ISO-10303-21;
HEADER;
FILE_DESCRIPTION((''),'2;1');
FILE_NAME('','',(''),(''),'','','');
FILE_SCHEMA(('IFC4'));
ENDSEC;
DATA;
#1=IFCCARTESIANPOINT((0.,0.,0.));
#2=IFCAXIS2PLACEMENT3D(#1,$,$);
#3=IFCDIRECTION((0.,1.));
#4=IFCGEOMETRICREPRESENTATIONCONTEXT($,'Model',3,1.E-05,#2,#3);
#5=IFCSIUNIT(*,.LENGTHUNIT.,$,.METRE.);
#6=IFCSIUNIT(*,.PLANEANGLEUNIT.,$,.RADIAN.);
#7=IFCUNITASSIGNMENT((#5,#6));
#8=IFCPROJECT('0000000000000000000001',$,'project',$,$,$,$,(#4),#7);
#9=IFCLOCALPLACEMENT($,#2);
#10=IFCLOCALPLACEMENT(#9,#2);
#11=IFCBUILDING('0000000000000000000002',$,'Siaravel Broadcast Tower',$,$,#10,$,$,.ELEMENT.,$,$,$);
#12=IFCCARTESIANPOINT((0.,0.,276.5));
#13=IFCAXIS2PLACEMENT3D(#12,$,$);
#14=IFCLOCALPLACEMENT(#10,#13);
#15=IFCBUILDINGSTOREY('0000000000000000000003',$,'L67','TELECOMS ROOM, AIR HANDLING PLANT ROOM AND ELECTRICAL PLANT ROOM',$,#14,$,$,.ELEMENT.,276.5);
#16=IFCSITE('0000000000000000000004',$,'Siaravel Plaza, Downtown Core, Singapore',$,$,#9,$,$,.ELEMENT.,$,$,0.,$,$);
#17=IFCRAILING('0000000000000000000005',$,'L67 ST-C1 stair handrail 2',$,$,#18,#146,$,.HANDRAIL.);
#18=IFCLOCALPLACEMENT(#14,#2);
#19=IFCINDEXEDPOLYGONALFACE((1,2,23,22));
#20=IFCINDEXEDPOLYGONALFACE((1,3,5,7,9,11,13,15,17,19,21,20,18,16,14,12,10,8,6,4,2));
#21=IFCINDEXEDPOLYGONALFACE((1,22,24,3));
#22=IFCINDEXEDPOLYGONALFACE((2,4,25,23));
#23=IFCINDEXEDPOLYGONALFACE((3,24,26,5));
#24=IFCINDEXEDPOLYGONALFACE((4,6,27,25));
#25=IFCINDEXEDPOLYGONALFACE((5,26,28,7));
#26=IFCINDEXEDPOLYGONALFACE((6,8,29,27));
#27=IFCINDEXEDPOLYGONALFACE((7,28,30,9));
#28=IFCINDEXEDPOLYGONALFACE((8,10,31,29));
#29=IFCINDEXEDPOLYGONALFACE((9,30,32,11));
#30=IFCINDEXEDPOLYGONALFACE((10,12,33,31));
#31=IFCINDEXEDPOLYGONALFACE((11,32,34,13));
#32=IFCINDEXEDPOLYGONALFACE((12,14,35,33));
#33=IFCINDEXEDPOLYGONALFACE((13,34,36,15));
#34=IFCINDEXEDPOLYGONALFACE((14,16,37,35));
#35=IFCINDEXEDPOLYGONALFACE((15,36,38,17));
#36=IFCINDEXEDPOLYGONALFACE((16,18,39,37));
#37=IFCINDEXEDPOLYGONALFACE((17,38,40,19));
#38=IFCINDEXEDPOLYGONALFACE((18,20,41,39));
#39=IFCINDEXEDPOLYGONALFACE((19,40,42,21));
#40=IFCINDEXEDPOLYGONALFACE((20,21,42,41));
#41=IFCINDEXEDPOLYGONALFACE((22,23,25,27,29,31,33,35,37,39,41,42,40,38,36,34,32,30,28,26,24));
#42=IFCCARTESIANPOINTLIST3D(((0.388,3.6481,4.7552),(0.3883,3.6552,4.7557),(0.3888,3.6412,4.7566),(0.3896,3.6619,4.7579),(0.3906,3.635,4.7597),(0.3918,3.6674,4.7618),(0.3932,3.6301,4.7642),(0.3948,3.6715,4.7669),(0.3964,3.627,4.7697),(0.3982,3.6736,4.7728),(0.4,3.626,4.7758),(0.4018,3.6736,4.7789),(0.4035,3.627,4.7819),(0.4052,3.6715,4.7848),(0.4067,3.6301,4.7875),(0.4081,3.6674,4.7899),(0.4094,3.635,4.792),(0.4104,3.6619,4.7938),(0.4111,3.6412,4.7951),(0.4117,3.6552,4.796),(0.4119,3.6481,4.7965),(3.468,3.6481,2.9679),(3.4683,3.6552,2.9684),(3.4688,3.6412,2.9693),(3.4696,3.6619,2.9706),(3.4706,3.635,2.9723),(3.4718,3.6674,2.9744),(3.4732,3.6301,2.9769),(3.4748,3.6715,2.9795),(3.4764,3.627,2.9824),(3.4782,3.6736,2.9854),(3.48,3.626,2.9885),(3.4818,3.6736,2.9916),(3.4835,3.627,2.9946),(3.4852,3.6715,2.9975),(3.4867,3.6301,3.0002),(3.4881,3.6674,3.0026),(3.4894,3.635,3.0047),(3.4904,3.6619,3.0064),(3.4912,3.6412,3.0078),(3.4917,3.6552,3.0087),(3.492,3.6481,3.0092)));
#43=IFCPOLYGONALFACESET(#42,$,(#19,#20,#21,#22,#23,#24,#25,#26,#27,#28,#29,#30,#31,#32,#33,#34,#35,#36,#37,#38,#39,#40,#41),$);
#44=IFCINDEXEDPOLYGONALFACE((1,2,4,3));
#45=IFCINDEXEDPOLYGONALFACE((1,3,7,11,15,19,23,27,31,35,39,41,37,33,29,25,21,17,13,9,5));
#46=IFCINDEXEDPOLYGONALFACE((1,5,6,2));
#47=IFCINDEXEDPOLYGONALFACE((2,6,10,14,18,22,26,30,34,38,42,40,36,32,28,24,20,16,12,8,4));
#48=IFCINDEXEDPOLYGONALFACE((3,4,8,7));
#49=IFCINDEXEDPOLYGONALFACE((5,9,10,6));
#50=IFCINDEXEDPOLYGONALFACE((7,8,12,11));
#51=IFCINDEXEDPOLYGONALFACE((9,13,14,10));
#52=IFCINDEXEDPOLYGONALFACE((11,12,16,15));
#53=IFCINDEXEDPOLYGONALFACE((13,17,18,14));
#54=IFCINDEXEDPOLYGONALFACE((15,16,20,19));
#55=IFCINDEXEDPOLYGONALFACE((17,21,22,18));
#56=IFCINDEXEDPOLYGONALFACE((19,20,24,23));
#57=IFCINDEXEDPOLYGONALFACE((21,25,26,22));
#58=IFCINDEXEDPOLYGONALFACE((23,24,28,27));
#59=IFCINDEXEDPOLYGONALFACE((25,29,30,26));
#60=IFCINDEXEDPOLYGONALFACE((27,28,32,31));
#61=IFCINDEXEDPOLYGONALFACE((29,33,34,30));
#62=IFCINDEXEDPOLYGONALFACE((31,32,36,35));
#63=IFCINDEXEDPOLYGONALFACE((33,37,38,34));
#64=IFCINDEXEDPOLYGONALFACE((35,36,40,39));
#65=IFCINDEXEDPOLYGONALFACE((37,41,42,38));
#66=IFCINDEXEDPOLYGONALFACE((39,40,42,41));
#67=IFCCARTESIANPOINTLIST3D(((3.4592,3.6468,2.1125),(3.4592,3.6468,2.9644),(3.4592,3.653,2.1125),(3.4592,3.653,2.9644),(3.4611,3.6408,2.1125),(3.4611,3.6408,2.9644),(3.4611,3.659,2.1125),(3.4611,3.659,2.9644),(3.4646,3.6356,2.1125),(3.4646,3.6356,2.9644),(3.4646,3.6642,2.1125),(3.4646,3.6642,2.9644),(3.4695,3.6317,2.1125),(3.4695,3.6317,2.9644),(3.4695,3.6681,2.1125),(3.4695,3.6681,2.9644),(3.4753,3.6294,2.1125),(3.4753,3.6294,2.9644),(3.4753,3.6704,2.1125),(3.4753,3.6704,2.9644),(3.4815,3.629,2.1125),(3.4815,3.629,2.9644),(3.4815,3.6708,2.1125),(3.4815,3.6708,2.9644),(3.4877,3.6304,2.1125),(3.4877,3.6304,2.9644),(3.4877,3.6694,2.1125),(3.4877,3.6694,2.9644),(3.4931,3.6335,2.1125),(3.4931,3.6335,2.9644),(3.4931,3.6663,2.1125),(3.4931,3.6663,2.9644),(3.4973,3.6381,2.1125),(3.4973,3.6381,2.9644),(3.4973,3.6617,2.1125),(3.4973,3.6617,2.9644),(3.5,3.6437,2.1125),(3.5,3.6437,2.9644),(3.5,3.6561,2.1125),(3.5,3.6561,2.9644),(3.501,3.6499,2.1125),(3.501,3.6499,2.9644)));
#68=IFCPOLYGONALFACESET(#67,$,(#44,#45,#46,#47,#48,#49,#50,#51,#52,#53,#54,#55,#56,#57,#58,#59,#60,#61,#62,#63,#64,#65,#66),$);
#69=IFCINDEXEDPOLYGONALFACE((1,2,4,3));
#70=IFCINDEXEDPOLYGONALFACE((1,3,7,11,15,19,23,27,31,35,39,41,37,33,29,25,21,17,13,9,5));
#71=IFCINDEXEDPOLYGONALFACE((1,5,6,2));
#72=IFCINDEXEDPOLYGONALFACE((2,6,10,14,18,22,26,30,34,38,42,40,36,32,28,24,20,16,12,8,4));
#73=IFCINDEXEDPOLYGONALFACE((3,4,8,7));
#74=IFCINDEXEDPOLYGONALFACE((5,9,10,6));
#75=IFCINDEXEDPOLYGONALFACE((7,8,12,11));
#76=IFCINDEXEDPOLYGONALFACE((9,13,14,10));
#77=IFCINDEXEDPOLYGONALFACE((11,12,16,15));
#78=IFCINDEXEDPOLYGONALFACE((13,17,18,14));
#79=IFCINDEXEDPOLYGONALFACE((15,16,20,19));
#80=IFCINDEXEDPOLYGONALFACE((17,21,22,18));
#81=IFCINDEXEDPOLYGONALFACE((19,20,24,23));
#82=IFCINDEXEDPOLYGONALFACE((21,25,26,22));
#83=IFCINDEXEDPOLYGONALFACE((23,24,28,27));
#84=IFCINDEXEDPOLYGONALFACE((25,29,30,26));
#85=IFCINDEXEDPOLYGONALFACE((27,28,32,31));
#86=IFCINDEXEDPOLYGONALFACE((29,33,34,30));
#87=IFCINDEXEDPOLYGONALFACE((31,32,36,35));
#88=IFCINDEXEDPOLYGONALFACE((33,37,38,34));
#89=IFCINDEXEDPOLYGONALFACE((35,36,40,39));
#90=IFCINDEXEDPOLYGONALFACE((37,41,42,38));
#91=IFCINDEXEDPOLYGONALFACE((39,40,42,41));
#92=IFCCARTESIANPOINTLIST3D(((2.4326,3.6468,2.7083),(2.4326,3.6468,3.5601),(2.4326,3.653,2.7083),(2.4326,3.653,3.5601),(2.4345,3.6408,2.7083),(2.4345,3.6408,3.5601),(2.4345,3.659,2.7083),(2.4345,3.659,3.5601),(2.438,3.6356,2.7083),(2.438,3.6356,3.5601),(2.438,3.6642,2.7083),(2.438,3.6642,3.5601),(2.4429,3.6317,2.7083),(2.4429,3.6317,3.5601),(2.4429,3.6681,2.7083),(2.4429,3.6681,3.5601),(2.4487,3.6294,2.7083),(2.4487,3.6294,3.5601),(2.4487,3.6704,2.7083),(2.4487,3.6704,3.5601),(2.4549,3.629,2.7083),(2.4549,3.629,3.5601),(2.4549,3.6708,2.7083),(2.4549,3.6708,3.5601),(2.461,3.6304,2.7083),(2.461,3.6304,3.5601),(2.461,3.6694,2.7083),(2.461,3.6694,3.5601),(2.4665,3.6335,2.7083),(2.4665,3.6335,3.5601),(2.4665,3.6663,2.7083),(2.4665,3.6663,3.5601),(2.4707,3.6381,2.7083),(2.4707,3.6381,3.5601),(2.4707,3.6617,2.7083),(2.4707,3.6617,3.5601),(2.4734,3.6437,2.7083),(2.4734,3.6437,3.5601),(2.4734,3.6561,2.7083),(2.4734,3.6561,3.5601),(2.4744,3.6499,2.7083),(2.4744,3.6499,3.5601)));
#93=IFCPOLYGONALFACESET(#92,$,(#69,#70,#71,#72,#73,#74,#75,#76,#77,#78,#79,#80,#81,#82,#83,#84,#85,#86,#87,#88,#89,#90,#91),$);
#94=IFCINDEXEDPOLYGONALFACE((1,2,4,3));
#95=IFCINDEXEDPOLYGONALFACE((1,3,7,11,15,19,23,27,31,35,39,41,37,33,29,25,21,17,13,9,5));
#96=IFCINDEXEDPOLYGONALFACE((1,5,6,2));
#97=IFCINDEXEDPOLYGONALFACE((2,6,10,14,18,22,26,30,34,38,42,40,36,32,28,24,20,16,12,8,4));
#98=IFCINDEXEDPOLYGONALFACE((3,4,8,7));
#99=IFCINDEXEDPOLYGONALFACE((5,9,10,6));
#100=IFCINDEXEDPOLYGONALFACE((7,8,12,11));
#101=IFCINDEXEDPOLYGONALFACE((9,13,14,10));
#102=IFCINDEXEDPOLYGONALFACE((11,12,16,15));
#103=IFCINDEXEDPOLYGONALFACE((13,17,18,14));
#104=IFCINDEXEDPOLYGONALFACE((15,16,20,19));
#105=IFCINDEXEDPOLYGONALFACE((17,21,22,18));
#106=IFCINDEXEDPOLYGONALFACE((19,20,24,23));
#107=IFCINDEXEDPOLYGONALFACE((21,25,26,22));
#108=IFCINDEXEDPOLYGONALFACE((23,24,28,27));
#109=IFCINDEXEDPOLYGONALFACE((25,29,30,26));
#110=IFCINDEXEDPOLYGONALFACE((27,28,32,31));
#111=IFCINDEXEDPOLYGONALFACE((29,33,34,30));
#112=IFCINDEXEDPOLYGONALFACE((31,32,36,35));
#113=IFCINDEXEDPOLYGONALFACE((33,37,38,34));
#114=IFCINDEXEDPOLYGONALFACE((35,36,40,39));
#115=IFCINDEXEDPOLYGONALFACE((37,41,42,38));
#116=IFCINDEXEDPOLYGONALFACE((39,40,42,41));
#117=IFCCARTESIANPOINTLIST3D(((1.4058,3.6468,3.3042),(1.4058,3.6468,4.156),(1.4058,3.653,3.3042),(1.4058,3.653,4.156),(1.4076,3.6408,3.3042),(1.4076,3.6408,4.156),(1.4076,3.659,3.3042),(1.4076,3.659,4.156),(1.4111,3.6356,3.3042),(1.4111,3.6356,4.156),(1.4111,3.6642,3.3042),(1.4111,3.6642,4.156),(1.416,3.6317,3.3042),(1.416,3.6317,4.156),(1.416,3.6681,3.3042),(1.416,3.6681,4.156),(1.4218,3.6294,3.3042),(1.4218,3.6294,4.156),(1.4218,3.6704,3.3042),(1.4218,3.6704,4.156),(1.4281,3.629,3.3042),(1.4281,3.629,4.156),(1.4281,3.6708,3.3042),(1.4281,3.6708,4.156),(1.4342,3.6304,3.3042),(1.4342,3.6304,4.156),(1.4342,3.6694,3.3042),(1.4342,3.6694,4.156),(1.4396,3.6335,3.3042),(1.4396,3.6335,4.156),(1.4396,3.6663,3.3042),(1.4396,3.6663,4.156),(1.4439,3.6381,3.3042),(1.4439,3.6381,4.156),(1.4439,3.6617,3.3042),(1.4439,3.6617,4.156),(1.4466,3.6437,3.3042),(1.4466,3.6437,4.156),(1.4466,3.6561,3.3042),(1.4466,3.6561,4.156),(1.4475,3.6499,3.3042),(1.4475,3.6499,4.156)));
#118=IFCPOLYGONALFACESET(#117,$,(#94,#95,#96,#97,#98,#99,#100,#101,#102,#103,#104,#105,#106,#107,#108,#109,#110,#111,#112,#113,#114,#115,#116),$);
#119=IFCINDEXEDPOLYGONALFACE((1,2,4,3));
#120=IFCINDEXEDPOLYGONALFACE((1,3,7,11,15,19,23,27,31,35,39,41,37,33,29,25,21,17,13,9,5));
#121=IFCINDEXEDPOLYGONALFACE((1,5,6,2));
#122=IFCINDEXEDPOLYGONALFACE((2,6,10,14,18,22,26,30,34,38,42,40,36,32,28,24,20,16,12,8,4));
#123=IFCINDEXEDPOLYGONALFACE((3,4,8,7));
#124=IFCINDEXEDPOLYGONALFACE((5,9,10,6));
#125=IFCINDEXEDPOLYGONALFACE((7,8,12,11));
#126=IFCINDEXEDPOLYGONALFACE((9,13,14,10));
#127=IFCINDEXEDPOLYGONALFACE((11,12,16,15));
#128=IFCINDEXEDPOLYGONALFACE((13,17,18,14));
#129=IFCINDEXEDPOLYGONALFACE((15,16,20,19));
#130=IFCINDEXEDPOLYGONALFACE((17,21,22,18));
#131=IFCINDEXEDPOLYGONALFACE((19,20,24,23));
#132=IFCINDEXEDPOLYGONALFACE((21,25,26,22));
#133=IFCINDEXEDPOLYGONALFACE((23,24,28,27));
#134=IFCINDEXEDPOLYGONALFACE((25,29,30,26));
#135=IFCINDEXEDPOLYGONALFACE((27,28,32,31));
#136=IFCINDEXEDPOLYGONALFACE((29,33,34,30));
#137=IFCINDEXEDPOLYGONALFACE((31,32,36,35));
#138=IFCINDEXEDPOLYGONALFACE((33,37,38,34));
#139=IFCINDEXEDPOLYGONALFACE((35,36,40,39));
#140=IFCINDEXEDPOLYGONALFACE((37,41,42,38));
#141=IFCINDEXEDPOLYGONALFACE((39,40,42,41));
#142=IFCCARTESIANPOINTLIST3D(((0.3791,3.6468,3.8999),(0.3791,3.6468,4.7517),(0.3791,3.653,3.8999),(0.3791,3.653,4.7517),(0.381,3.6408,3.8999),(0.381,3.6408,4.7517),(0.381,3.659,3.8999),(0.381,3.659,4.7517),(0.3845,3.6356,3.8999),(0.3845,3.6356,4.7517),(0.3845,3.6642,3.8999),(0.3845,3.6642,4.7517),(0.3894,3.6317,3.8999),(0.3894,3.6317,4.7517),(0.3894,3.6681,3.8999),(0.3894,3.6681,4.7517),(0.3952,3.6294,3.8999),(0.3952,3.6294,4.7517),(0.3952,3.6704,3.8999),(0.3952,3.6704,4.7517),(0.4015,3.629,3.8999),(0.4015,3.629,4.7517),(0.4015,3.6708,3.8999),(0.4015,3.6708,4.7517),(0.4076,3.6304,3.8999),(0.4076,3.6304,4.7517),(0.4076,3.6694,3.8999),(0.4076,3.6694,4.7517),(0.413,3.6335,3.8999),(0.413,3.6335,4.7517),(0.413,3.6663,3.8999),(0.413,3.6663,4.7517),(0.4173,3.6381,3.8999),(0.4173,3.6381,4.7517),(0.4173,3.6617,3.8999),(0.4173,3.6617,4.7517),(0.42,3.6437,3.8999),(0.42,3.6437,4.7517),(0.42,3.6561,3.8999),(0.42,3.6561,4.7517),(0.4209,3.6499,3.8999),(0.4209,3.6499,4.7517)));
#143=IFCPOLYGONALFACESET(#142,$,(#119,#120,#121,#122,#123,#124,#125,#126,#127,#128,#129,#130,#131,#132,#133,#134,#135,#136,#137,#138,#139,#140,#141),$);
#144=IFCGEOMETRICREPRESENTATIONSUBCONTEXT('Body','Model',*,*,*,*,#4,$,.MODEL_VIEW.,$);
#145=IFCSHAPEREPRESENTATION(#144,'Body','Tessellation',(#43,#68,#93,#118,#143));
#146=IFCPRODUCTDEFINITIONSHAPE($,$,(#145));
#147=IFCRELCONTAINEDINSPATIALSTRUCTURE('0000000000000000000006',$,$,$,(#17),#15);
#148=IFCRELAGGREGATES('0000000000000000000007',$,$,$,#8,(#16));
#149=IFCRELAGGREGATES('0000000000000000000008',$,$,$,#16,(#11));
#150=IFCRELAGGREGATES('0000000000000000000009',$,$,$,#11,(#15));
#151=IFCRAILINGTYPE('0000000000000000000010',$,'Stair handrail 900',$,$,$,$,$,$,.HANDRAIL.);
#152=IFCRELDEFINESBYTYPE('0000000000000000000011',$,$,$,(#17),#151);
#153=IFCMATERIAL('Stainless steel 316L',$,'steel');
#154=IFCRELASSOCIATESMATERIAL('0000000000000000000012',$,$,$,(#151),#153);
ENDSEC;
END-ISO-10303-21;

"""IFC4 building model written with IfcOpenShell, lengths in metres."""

from ifc_helpers import new_model, si_unit, direction, frame, origin, origin_2d, place, context, subcontext, project, spatial, circle, extrude, material, type_object, element, save


model = new_model("IFC4")

# Units and contexts
model_context = context("Model", 3, precision=1e-05, world=origin(), true_north=direction((0.0, 1.0)))
body_context = subcontext(model_context, "Body", "Model", "MODEL_VIEW")
ifc_project = project(units=[si_unit("LENGTHUNIT", "METRE"), si_unit("PLANEANGLEUNIT", "RADIAN")], contexts=[model_context])

# Site, building, storey
site_placement = place(None, origin())
site = spatial("IfcSite", under=ifc_project, at=site_placement, Name="Siaravel Plaza, Downtown Core, Singapore", CompositionType="ELEMENT", RefElevation=0.0)
building_placement = place(site_placement, origin())
building = spatial("IfcBuilding", under=site, at=building_placement, Name="Siaravel Broadcast Tower", CompositionType="ELEMENT")
storey_placement = place(building_placement, frame((0.0, 0.0, 276.5)))
storey = spatial("IfcBuildingStorey", under=building, at=storey_placement, Name="L67", Description="TELECOMS ROOM, AIR HANDLING PLANT ROOM AND ELECTRICAL PLANT ROOM", CompositionType="ELEMENT", Elevation=276.5)

# Railing
ifc_material_1 = material(Name="Stainless steel 316L", Category="steel")
railing_type_1 = type_object("IfcRailingType", Name="Stair handrail 900", PredefinedType="HANDRAIL", material=ifc_material_1)
railing_1_placement = place(storey_placement, frame((3.48, 3.6499, 2.1125)))
element("IfcRailing", 1, at=railing_1_placement, inside=storey, type_object=railing_type_1, Name="L67 ST-C1 stair handrail 2", PredefinedType="HANDRAIL", context=body_context, shape_type="SweptSolid", body=[
    extrude(circle(Radius=0.0239, at=origin_2d()), frame((0.0, 0.0, 0.876), z_axis=(-0.86492, 0.0, 0.501909), x_axis=(0.0, -1.0, 0.0)), (0.0, 0.0, 1.0), 3.561),
    extrude(circle(Radius=0.021, at=origin_2d()), origin(), (0.0, 0.0, 1.0), 0.8518),
    extrude(circle(Radius=0.021, at=origin_2d()), frame((-1.0266, 0.0, 0.5957)), (0.0, 0.0, 1.0), 0.8518),
    extrude(circle(Radius=0.021, at=origin_2d()), frame((-2.0535, 0.0, 1.1917)), (0.0, 0.0, 1.0), 0.8518),
    extrude(circle(Radius=0.021, at=origin_2d()), frame((-3.0801, 0.0, 1.7874)), (0.0, 0.0, 1.0), 0.8518),
])

save(model, "model.ifc")
